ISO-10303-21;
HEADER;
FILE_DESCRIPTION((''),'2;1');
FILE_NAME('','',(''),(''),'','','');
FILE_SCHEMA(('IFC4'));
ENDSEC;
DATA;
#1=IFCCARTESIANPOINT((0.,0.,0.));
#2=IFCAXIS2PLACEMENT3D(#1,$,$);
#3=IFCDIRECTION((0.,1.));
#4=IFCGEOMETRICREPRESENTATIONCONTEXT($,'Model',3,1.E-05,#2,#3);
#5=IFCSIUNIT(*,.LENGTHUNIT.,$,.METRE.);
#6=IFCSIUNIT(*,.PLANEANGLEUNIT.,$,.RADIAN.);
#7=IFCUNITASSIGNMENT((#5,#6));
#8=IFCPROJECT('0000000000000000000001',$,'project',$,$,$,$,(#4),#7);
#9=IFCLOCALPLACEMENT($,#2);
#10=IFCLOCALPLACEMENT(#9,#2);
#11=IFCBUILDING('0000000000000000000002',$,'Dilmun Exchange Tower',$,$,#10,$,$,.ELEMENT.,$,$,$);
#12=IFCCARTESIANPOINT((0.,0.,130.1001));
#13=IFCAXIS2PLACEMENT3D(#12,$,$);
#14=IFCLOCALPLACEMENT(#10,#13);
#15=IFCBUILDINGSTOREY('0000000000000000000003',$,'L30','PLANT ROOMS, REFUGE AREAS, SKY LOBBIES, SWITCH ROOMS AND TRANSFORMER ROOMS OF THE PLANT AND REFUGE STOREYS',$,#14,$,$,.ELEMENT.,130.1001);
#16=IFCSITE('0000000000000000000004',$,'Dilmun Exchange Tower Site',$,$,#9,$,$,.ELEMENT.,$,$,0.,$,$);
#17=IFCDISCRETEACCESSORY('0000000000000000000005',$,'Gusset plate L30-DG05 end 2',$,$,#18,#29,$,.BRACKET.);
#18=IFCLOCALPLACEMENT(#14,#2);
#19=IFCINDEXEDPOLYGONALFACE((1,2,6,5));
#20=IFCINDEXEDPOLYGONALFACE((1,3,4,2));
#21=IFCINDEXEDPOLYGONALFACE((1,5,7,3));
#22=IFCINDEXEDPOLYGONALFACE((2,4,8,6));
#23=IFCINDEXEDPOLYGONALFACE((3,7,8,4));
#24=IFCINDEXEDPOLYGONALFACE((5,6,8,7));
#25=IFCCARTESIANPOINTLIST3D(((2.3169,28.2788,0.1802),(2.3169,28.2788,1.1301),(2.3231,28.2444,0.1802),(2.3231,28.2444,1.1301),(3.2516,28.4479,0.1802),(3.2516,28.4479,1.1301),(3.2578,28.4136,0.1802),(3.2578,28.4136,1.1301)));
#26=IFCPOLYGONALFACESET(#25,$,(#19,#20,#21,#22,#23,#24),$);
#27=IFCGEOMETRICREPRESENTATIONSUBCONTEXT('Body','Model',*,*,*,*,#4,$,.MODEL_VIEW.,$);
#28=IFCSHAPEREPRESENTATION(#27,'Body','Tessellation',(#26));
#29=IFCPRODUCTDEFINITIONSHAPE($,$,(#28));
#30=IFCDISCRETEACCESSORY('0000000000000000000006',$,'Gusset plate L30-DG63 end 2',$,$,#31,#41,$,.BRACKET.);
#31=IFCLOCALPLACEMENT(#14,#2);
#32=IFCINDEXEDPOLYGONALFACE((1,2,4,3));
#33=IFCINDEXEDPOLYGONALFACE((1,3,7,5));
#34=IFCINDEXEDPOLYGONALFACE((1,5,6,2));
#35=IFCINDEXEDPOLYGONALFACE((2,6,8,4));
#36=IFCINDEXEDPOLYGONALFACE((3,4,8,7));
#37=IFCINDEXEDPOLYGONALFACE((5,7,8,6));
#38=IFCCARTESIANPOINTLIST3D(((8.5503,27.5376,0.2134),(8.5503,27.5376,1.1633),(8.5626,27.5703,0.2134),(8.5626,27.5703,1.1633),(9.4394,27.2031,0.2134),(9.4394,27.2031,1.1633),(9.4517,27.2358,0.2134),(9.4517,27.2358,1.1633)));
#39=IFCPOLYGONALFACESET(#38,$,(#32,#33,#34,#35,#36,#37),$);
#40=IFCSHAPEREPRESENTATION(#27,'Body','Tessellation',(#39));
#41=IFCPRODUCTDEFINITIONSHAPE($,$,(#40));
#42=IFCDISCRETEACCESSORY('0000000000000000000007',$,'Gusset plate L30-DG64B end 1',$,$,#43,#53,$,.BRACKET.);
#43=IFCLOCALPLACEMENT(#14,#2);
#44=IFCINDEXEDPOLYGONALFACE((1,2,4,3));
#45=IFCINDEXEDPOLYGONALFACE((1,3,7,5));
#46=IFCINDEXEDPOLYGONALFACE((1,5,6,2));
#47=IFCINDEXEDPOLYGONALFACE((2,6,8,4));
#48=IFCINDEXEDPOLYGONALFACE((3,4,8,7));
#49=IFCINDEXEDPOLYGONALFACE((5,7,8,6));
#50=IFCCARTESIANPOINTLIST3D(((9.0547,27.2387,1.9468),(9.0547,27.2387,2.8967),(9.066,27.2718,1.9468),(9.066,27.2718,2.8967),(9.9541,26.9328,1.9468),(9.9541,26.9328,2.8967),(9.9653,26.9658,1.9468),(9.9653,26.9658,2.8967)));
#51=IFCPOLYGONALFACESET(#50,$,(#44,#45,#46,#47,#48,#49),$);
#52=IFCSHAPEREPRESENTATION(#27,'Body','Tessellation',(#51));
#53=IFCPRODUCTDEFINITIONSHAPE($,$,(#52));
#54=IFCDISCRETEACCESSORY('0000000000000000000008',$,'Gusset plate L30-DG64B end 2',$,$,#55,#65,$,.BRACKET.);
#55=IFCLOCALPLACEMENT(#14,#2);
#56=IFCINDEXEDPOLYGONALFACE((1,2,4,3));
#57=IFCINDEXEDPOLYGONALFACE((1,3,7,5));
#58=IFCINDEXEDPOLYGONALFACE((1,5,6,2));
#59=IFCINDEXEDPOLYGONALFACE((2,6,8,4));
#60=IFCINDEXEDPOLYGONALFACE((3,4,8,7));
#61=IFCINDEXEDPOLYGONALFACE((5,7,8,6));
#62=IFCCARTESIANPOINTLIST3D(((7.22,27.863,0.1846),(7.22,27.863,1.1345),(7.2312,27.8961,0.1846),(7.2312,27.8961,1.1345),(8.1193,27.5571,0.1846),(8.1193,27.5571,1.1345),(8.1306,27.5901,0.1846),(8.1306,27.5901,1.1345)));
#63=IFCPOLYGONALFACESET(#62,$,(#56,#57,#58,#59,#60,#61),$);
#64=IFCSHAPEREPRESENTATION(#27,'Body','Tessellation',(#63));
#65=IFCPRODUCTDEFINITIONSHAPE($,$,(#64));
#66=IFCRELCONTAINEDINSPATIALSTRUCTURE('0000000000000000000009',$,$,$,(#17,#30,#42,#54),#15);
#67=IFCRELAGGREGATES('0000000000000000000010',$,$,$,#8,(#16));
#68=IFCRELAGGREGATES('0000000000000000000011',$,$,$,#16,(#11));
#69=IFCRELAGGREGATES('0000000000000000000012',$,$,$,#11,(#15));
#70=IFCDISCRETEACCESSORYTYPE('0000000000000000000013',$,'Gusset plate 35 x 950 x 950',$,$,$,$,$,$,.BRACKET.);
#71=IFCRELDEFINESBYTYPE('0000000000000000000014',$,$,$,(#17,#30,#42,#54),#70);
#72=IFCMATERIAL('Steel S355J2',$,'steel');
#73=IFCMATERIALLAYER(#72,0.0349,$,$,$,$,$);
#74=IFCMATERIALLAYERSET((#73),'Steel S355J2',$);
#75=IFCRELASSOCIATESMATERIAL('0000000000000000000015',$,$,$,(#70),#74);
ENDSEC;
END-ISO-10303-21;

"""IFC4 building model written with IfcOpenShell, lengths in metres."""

from ifc_helpers import new_model, si_unit, direction, frame, origin, origin_2d, place, context, subcontext, project, spatial, rectangle, extrude, material, layer, layer_set, type_object, element, save


model = new_model("IFC4")

# Units and contexts
model_context = context("Model", 3, precision=1e-05, world=origin(), true_north=direction((0.0, 1.0)))
body_context = subcontext(model_context, "Body", "Model", "MODEL_VIEW")
ifc_project = project(units=[si_unit("LENGTHUNIT", "METRE"), si_unit("PLANEANGLEUNIT", "RADIAN")], contexts=[model_context])

# Site, building, storey
site_placement = place(None, origin())
site = spatial("IfcSite", under=ifc_project, at=site_placement, Name="Dilmun Exchange Tower Site", CompositionType="ELEMENT", RefElevation=0.0)
building_placement = place(site_placement, origin())
building = spatial("IfcBuilding", under=site, at=building_placement, Name="Dilmun Exchange Tower", CompositionType="ELEMENT")
storey_placement = place(building_placement, frame((0.0, 0.0, 130.1001)))
storey = spatial("IfcBuildingStorey", under=building, at=storey_placement, Name="L30", Description="PLANT ROOMS, REFUGE AREAS, SKY LOBBIES, SWITCH ROOMS AND TRANSFORMER ROOMS OF THE PLANT AND REFUGE STOREYS", CompositionType="ELEMENT", Elevation=130.1001)

# Discrete accessories
ifc_material_1 = material(Name="Steel S355J2", Category="steel")
ifc_layer_1 = layer(ifc_material_1, 0.0349)
ifc_layer_set_1 = layer_set([ifc_layer_1], Name="Steel S355J2")
discrete_accessory_type = type_object("IfcDiscreteAccessoryType", Name="Gusset plate 35 x 950 x 950", PredefinedType="BRACKET", material=ifc_layer_set_1)
for number, where, z_axis, x_axis, name in (
    (1, (2.7874, 28.3462, 0.1802), (0.0, 0.0, 1.0), (0.984022, 0.178047, 0.0), "Gusset plate L30-DG05 end 2"),
    (2, (9.001, 27.3867, 0.2134), (0.0, 0.0, 1.0), (-0.935953, 0.352124, 0.0), "Gusset plate L30-DG63 end 2"),
    (3, (9.51, 27.1023, 1.9468), (0.0, 0.0, 1.0), (-0.946717, 0.322066, 0.0), "Gusset plate L30-DG64B end 1"),
    (4, (7.6753, 27.7266, 0.1846), (0.0, 0.0, 1.0), (-0.946717, 0.322066, 0.0), "Gusset plate L30-DG64B end 2"),
):
    element("IfcDiscreteAccessory", number, at=place(storey_placement, frame(where, z_axis=z_axis, x_axis=x_axis)), inside=storey, type_object=discrete_accessory_type, Name=name, PredefinedType="BRACKET", context=body_context, shape_type="SweptSolid", body=[
        extrude(rectangle(XDim=0.95, YDim=0.0349, at=origin_2d()), origin(), (0.0, 0.0, 1.0), 0.95),
    ])

save(model, "model.ifc")
